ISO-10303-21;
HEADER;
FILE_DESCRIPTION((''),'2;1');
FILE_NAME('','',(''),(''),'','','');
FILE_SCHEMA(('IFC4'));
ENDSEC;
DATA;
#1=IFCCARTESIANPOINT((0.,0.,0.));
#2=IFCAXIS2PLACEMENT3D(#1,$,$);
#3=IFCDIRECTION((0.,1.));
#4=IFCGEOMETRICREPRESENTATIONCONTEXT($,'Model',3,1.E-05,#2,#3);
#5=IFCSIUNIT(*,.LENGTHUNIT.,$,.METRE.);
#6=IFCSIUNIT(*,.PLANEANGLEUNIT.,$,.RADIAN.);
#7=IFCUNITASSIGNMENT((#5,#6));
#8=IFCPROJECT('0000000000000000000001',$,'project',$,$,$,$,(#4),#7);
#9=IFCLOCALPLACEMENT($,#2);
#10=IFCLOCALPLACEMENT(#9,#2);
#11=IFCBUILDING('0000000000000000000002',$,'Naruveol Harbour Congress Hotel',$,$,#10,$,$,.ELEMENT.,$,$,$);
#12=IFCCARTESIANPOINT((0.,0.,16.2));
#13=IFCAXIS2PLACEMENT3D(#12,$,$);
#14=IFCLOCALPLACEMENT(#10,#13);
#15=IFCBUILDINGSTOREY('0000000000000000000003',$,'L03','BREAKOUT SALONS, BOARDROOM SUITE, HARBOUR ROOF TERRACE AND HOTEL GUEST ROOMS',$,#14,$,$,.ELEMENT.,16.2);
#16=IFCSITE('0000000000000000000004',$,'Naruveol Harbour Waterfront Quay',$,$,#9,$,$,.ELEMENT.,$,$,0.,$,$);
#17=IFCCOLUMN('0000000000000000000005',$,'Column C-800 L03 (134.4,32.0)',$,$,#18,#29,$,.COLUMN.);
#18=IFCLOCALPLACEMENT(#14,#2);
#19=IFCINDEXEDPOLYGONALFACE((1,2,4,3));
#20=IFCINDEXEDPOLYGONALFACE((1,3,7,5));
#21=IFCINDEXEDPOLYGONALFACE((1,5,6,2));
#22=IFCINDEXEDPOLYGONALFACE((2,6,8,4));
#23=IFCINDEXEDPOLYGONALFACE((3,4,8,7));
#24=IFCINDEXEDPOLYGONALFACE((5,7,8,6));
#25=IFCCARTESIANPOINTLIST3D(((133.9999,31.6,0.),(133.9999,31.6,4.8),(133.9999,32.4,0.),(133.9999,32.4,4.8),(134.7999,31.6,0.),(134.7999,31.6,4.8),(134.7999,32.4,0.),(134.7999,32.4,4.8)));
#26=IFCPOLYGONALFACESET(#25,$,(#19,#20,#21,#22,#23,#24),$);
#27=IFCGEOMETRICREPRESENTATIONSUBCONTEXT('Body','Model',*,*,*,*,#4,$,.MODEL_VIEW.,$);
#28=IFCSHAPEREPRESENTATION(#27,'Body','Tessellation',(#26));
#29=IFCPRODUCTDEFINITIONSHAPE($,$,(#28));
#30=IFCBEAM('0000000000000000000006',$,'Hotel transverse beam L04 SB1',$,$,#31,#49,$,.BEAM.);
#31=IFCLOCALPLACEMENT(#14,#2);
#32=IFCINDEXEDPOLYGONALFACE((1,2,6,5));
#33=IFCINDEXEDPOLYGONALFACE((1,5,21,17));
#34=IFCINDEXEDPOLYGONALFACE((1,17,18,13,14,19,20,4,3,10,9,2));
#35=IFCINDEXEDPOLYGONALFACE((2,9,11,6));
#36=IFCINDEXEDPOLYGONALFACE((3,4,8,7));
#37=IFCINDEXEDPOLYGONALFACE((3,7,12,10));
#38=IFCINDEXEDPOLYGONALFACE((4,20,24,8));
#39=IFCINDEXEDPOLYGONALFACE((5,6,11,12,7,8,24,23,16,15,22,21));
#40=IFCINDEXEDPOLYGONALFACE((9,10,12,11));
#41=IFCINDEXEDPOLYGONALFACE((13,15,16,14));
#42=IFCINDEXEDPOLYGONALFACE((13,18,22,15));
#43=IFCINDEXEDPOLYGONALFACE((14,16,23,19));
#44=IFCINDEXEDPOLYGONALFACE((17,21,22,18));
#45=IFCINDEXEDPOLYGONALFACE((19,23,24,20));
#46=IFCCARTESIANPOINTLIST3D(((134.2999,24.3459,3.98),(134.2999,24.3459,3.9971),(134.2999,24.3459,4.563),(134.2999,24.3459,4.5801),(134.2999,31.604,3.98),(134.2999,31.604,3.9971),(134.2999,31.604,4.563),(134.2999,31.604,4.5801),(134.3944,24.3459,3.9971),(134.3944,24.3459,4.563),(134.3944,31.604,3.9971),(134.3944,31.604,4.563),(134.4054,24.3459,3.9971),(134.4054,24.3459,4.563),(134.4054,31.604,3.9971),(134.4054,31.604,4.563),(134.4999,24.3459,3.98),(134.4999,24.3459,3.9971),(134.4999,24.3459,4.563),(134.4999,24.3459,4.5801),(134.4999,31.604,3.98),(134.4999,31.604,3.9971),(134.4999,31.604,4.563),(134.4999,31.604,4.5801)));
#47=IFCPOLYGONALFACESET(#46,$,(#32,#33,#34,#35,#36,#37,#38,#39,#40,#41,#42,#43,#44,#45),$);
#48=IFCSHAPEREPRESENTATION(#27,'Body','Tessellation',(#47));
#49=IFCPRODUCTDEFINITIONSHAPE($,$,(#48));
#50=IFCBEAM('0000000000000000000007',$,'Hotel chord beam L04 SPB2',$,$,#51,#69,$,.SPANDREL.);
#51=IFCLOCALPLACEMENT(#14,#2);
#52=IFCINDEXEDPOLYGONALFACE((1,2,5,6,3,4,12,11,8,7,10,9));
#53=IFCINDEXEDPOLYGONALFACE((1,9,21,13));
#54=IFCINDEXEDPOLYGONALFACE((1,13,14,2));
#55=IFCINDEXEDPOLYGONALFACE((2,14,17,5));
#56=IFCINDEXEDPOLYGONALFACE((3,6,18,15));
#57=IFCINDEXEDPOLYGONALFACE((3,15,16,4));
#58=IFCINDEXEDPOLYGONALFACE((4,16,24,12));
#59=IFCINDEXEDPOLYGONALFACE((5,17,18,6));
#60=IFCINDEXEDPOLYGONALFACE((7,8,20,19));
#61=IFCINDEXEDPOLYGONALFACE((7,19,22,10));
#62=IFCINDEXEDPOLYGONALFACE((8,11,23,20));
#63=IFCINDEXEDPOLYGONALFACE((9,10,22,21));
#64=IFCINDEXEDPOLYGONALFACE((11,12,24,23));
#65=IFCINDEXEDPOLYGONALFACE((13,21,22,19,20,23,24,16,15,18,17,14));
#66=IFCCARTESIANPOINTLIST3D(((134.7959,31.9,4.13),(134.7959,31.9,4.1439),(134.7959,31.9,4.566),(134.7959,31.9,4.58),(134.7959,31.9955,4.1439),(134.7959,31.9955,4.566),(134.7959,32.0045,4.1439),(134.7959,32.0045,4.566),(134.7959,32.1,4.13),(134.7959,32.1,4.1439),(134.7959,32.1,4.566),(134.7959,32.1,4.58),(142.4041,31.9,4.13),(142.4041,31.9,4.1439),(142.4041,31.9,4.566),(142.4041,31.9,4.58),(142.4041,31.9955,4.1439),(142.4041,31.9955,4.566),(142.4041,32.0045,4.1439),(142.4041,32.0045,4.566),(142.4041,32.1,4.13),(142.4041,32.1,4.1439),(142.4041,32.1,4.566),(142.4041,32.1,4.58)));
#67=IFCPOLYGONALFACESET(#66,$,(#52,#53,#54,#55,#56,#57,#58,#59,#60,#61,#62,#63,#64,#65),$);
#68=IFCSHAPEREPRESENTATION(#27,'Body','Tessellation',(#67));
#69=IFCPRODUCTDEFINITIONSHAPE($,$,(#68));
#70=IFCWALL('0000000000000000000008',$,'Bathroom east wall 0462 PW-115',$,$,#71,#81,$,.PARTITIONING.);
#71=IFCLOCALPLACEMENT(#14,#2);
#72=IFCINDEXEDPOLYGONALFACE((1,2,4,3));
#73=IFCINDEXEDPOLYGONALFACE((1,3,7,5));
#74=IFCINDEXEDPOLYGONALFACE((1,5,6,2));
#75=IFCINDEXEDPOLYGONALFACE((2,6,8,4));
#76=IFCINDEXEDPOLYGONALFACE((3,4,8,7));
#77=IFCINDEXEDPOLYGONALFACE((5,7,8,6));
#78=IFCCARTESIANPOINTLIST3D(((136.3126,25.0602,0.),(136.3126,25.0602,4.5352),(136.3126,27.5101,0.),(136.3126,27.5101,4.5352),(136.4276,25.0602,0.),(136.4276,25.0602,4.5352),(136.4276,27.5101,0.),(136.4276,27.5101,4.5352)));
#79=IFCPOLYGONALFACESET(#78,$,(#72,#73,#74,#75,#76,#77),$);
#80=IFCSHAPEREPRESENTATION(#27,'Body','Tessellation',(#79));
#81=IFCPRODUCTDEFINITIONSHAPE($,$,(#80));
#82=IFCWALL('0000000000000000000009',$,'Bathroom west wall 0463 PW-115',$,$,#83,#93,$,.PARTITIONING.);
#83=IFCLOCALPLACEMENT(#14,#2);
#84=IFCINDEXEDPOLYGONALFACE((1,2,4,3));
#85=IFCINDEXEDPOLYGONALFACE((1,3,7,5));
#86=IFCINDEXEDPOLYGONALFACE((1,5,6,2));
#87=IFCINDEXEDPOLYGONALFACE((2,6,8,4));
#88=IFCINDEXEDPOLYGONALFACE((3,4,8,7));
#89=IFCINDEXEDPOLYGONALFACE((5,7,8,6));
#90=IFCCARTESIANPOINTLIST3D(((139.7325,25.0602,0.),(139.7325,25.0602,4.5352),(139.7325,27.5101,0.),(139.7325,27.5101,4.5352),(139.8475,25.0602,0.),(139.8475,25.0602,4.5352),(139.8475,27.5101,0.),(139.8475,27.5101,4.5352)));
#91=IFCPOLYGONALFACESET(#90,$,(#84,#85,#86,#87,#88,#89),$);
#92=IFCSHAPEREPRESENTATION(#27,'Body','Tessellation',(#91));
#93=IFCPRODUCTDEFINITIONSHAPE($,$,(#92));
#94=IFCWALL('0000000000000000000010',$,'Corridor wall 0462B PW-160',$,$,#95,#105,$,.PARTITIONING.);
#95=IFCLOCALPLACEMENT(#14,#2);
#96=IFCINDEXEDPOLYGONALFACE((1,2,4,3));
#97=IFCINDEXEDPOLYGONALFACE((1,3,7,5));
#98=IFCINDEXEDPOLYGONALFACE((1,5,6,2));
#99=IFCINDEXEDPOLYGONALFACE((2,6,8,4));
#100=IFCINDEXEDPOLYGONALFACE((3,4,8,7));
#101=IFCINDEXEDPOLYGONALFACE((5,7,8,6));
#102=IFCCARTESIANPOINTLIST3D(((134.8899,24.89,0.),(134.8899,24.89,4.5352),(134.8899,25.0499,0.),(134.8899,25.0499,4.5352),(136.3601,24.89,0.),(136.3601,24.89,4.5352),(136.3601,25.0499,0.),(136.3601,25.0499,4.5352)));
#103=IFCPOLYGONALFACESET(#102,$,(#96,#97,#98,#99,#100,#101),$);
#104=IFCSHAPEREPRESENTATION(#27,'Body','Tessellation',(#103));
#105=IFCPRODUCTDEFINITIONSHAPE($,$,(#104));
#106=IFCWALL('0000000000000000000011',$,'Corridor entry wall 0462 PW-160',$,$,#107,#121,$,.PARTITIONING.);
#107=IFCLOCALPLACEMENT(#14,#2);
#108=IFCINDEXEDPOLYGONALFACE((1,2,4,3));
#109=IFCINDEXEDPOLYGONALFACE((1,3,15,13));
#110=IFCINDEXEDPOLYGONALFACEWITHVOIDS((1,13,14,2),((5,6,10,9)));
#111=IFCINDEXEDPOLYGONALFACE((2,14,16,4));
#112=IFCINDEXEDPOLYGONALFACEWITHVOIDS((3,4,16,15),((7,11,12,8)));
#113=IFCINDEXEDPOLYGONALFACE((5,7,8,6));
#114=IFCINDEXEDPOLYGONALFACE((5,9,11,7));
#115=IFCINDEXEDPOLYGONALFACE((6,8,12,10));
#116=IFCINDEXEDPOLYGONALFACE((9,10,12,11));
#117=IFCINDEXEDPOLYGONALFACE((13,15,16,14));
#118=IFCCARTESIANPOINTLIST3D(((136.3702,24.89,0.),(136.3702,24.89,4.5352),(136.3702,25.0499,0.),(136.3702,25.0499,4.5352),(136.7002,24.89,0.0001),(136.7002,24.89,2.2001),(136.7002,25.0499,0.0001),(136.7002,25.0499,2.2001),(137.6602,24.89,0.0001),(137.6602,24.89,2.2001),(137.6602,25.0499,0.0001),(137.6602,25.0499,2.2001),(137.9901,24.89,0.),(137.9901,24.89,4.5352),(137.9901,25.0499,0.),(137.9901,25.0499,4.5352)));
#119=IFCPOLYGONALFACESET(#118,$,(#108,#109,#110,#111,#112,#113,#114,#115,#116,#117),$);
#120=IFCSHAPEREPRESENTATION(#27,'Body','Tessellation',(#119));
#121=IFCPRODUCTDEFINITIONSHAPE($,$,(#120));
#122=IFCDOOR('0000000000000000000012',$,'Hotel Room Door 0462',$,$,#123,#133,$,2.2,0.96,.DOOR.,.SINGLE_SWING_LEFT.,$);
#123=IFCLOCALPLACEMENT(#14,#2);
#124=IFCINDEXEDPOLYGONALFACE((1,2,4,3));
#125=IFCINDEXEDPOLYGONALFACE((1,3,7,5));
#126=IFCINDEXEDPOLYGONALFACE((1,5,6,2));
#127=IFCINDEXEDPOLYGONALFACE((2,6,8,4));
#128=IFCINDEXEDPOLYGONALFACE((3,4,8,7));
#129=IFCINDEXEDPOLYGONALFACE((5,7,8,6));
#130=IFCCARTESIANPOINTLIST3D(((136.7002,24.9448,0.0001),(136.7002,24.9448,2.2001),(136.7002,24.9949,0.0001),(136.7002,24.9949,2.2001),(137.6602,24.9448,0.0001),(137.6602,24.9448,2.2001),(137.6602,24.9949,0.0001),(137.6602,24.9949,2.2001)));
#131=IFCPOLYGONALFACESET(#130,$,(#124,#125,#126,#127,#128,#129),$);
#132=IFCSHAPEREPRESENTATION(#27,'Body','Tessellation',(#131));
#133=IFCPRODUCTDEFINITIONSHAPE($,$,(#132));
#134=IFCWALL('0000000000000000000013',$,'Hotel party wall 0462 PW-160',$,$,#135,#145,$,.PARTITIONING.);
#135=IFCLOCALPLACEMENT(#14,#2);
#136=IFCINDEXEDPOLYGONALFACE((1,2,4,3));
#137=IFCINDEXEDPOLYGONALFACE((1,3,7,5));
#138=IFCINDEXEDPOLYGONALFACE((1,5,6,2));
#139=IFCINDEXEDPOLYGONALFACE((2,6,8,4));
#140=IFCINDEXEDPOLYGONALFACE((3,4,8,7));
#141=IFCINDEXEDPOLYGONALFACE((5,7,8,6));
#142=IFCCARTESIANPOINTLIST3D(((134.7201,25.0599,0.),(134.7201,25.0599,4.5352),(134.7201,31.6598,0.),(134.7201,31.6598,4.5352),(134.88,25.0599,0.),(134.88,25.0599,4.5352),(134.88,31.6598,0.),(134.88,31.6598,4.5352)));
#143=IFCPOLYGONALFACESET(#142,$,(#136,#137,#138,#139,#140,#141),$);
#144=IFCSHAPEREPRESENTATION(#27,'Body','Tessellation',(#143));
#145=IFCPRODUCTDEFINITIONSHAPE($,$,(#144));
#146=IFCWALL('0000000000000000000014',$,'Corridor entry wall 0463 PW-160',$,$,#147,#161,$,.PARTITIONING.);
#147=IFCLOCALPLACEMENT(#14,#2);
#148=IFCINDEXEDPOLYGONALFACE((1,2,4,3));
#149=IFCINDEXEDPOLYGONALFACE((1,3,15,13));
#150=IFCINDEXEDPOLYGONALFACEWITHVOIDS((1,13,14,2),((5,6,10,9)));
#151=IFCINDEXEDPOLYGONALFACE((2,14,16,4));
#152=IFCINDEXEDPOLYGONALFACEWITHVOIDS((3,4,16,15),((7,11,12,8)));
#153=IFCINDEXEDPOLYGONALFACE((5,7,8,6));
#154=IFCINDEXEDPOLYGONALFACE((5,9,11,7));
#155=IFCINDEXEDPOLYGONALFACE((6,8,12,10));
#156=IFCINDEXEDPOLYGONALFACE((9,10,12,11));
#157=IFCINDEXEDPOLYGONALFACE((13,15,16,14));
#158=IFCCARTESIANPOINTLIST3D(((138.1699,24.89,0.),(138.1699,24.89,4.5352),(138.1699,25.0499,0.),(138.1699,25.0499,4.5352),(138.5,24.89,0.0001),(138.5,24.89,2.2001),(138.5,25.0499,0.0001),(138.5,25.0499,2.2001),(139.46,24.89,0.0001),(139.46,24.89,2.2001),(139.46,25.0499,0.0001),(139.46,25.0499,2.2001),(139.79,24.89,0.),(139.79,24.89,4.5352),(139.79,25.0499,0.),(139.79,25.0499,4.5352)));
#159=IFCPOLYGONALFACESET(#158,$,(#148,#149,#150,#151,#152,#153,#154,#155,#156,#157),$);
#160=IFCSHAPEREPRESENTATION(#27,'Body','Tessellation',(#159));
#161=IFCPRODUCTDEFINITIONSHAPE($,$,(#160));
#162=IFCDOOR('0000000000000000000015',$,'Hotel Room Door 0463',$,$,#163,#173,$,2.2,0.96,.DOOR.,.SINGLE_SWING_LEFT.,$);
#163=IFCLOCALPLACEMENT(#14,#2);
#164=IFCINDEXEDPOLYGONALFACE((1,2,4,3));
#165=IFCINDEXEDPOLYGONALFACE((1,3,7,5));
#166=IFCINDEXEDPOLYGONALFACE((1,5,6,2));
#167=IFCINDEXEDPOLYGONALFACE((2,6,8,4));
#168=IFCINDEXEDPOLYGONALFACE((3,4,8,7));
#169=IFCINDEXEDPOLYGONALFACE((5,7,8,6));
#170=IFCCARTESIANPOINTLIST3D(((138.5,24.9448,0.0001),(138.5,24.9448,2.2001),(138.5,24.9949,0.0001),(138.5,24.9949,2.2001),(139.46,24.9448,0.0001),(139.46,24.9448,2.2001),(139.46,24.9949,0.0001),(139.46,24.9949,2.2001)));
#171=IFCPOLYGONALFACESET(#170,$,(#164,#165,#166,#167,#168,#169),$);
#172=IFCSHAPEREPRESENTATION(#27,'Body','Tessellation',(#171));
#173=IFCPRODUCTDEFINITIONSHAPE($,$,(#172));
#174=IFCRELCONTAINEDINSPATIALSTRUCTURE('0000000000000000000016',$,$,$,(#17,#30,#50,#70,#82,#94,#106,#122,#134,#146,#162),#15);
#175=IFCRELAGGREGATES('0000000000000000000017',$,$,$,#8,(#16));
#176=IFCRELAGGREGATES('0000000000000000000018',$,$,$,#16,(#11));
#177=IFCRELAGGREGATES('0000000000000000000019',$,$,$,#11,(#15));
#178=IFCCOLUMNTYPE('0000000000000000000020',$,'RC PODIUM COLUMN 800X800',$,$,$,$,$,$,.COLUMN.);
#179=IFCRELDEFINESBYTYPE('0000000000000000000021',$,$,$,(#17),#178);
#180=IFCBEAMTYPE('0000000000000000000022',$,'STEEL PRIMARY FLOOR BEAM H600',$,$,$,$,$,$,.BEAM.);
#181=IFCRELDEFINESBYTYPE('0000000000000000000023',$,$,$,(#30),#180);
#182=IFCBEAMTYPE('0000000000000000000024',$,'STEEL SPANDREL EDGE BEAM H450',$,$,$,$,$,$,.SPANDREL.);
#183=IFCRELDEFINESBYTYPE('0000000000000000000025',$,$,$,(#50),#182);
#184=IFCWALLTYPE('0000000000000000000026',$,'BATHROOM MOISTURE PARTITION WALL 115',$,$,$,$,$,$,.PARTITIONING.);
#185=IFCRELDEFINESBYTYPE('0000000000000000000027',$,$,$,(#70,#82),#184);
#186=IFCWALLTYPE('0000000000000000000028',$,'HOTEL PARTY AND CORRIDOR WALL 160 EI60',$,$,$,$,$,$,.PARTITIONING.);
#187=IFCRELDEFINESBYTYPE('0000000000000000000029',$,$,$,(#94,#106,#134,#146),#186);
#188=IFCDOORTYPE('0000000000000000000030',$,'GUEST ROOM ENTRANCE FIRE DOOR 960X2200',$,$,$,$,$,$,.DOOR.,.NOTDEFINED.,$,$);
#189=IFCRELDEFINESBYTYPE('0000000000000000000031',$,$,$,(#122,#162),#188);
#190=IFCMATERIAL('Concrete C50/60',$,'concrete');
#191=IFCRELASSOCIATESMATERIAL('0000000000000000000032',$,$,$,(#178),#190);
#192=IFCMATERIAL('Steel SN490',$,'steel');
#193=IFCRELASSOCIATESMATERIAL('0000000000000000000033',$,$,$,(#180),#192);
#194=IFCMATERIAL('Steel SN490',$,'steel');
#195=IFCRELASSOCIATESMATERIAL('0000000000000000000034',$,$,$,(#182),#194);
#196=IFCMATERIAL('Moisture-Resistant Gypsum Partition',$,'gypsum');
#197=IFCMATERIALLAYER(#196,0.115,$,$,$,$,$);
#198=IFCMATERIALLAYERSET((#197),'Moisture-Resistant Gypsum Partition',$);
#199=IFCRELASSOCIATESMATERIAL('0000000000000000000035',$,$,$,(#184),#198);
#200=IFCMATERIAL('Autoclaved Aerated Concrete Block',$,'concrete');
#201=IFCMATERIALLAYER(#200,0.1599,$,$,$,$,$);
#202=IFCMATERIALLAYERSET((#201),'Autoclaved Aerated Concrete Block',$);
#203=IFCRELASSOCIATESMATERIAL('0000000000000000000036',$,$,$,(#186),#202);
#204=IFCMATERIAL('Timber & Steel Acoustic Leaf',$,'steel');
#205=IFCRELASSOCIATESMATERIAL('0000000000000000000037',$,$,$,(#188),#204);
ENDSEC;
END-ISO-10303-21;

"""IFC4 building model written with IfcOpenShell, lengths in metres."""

from ifc_helpers import new_model, si_unit, direction, frame, frame_2d, origin, origin_2d, place, context, subcontext, project, spatial, rectangle, i_section, extrude, material, layer, layer_set, material_profile, profile_set, type_object, element, fill, save


model = new_model("IFC4")

# Units and contexts
model_context = context("Model", 3, precision=1e-05, world=origin(), true_north=direction((0.0, 1.0)))
body_context = subcontext(model_context, "Body", "Model", "MODEL_VIEW")
ifc_project = project(units=[si_unit("LENGTHUNIT", "METRE"), si_unit("PLANEANGLEUNIT", "RADIAN")], contexts=[model_context])

# Site, building, storey
site_placement = place(None, origin())
site = spatial("IfcSite", under=ifc_project, at=site_placement, Name="Naruveol Harbour Waterfront Quay", CompositionType="ELEMENT", RefElevation=0.0)
building_placement = place(site_placement, origin())
building = spatial("IfcBuilding", under=site, at=building_placement, Name="Naruveol Harbour Congress Hotel", CompositionType="ELEMENT")
storey_placement = place(building_placement, frame((0.0, 0.0, 16.2)))
storey = spatial("IfcBuildingStorey", under=building, at=storey_placement, Name="L03", Description="BREAKOUT SALONS, BOARDROOM SUITE, HARBOUR ROOF TERRACE AND HOTEL GUEST ROOMS", CompositionType="ELEMENT", Elevation=16.2)

# Column
ifc_material_1 = material(Name="Concrete C50/60", Category="concrete")
ifc_material_profile_1 = material_profile(ifc_material_1, rectangle(XDim=0.8, YDim=0.8, at=origin_2d()), Name="RC-800x800")
ifc_profile_set_1 = profile_set([ifc_material_profile_1], Name="Concrete C50/60")
column_type = type_object("IfcColumnType", Name="RC PODIUM COLUMN 800X800", PredefinedType="COLUMN", material=ifc_profile_set_1)
column_placement = place(storey_placement, frame((134.3999, 32.0, 0.0), z_axis=(0.0, 0.0, 1.0), x_axis=(1.0, 0.0, 0.0)))
element("IfcColumn", 1, at=column_placement, inside=storey, type_object=column_type, Name="Column C-800 L03 (134.4,32.0)", PredefinedType="COLUMN", context=body_context, shape_type="SweptSolid", body=[
    extrude(rectangle(XDim=0.8, YDim=0.8, at=origin_2d()), origin(), (0.0, 0.0, 1.0), 4.8),
])

# Beams
ifc_material_2 = material(Name="Steel SN490", Category="steel")
ifc_material_profile_2 = material_profile(ifc_material_2, i_section(OverallWidth=0.2, OverallDepth=0.6001, WebThickness=0.011, FlangeThickness=0.0171, at=origin_2d()), Name="H-600x200x11x17")
ifc_profile_set_2 = profile_set([ifc_material_profile_2], Name="Steel SN490")
beam_type_1 = type_object("IfcBeamType", Name="STEEL PRIMARY FLOOR BEAM H600", PredefinedType="BEAM", material=ifc_profile_set_2)
beam_1_placement = place(storey_placement, frame((134.3999, 24.3459, 4.28), z_axis=(0.0, 1.0, 0.0), x_axis=(-1.0, 0.0, 0.0)))
element("IfcBeam", 2, at=beam_1_placement, inside=storey, type_object=beam_type_1, Name="Hotel transverse beam L04 SB1", PredefinedType="BEAM", context=body_context, shape_type="SweptSolid", body=[
    extrude(i_section(OverallWidth=0.2, OverallDepth=0.6001, WebThickness=0.011, FlangeThickness=0.0171, at=origin_2d()), origin(), (0.0, 0.0, 1.0), 7.2581),
])
ifc_material_3 = material(Name="Steel SN490", Category="steel")
ifc_material_profile_3 = material_profile(ifc_material_3, i_section(OverallWidth=0.2, OverallDepth=0.45, WebThickness=0.009, FlangeThickness=0.0139, at=origin_2d()), Name="H-450x200x9x14")
ifc_profile_set_3 = profile_set([ifc_material_profile_3], Name="Steel SN490")
beam_type_2 = type_object("IfcBeamType", Name="STEEL SPANDREL EDGE BEAM H450", PredefinedType="SPANDREL", material=ifc_profile_set_3)
beam_2_placement = place(storey_placement, frame((134.7959, 32.0, 4.355), z_axis=(1.0, 0.0, 0.0), x_axis=(0.0, 1.0, 0.0)))
element("IfcBeam", 3, at=beam_2_placement, inside=storey, type_object=beam_type_2, Name="Hotel chord beam L04 SPB2", PredefinedType="SPANDREL", context=body_context, shape_type="SweptSolid", body=[
    extrude(i_section(OverallWidth=0.2, OverallDepth=0.45, WebThickness=0.009, FlangeThickness=0.0139, at=origin_2d()), origin(), (0.0, 0.0, 1.0), 7.6082),
])

# Wall
ifc_material_4 = material(Name="Moisture-Resistant Gypsum Partition", Category="gypsum")
ifc_layer_1 = layer(ifc_material_4, 0.115)
ifc_layer_set_1 = layer_set([ifc_layer_1], Name="Moisture-Resistant Gypsum Partition")
wall_type_1 = type_object("IfcWallType", Name="BATHROOM MOISTURE PARTITION WALL 115", PredefinedType="PARTITIONING", material=ifc_layer_set_1)
wall_1_placement = place(storey_placement, frame((136.3701, 25.0601, 0.0), z_axis=(0.0, 0.0, 1.0), x_axis=(0.0, 1.0, 0.0)))
element("IfcWall", 4, at=wall_1_placement, inside=storey, type_object=wall_type_1, Name="Bathroom east wall 0462 PW-115", PredefinedType="PARTITIONING", context=body_context, shape_type="SweptSolid", body=[
    extrude(rectangle(XDim=2.45, YDim=0.115, at=frame_2d((1.2251, 0.0))), origin(), (0.0, 0.0, 1.0), 4.5352),
])

# Wall
wall_2_placement = place(storey_placement, frame((139.79, 25.0601, 0.0), z_axis=(0.0, 0.0, 1.0), x_axis=(0.0, 1.0, 0.0)))
element("IfcWall", 5, at=wall_2_placement, inside=storey, type_object=wall_type_1, Name="Bathroom west wall 0463 PW-115", PredefinedType="PARTITIONING", context=body_context, shape_type="SweptSolid", body=[
    extrude(rectangle(XDim=2.45, YDim=0.115, at=frame_2d((1.2251, 0.0))), origin(), (0.0, 0.0, 1.0), 4.5352),
])

# Wall
ifc_material_5 = material(Name="Autoclaved Aerated Concrete Block", Category="concrete")
ifc_layer_2 = layer(ifc_material_5, 0.1599)
ifc_layer_set_2 = layer_set([ifc_layer_2], Name="Autoclaved Aerated Concrete Block")
wall_type_2 = type_object("IfcWallType", Name="HOTEL PARTY AND CORRIDOR WALL 160 EI60", PredefinedType="PARTITIONING", material=ifc_layer_set_2)
wall_3_placement = place(storey_placement, frame((134.8899, 24.97, 0.0), z_axis=(0.0, 0.0, 1.0), x_axis=(1.0, 0.0, 0.0)))
element("IfcWall", 6, at=wall_3_placement, inside=storey, type_object=wall_type_2, Name="Corridor wall 0462B PW-160", PredefinedType="PARTITIONING", context=body_context, shape_type="SweptSolid", body=[
    extrude(rectangle(XDim=1.4702, YDim=0.1599, at=frame_2d((0.7351, 0.0))), origin(), (0.0, 0.0, 1.0), 4.5352),
])

# Wall, opening, door
wall_4_placement = place(storey_placement, frame((136.3701, 24.97, 0.0), z_axis=(0.0, 0.0, 1.0), x_axis=(1.0, 0.0, 0.0)))
wall_4 = element("IfcWall", 7, at=wall_4_placement, inside=storey, type_object=wall_type_2, Name="Corridor entry wall 0462 PW-160", PredefinedType="PARTITIONING", context=body_context, shape_type="SweptSolid", body=[
    extrude(rectangle(XDim=1.6199, YDim=0.1599, at=frame_2d((0.8101, 0.0))), origin(), (0.0, 0.0, 1.0), 4.5352),
])
opening_1_placement = place(wall_4_placement, frame((0.3301, 0.0, 0.0)))
opening_1 = element("IfcOpeningElement", 8, at=opening_1_placement, cuts=wall_4, PredefinedType="OPENING", context=body_context, shape_type="SweptSolid", body=[
    extrude(rectangle(XDim=0.96, YDim=2.2, at=frame_2d((0.48, 1.1001))), frame((0.0, 0.0898, 0.0), z_axis=(0.0, -1.0, 0.0), x_axis=(1.0, 0.0, 0.0)), (0.0, 0.0, 1.0), 0.1799),
])
ifc_material_6 = material(Name="Timber & Steel Acoustic Leaf", Category="steel")
door_type_1 = type_object("IfcDoorType", Name="GUEST ROOM ENTRANCE FIRE DOOR 960X2200", OperationType="NOTDEFINED", PredefinedType="DOOR", material=ifc_material_6)
door_1_placement = place(opening_1_placement, origin())
door_1 = element("IfcDoor", 9, at=door_1_placement, inside=storey, type_object=door_type_1, Name="Hotel Room Door 0462", OperationType="SINGLE_SWING_LEFT", OverallHeight=2.2, OverallWidth=0.96, PredefinedType="DOOR", context=body_context, shape_type="SweptSolid", body=[
    extrude(rectangle(XDim=0.96, YDim=2.2, at=frame_2d((0.48, 1.1001))), frame((0.0, 0.0249, 0.0), z_axis=(0.0, -1.0, 0.0), x_axis=(1.0, 0.0, 0.0)), (0.0, 0.0, 1.0), 0.05),
])
fill(opening_1, door_1)

# Wall
wall_5_placement = place(storey_placement, frame((134.8, 25.0601, 0.0), z_axis=(0.0, 0.0, 1.0), x_axis=(0.0, 1.0, 0.0)))
element("IfcWall", 10, at=wall_5_placement, inside=storey, type_object=wall_type_2, Name="Hotel party wall 0462 PW-160", PredefinedType="PARTITIONING", context=body_context, shape_type="SweptSolid", body=[
    extrude(rectangle(XDim=6.5999, YDim=0.1599, at=frame_2d((3.2998, 0.0))), origin(), (0.0, 0.0, 1.0), 4.5352),
])

# Wall, opening, door
wall_6_placement = place(storey_placement, frame((138.1699, 24.97, 0.0), z_axis=(0.0, 0.0, 1.0), x_axis=(1.0, 0.0, 0.0)))
wall_6 = element("IfcWall", 11, at=wall_6_placement, inside=storey, type_object=wall_type_2, Name="Corridor entry wall 0463 PW-160", PredefinedType="PARTITIONING", context=body_context, shape_type="SweptSolid", body=[
    extrude(rectangle(XDim=1.6201, YDim=0.1599, at=frame_2d((0.8101, 0.0))), origin(), (0.0, 0.0, 1.0), 4.5352),
])
opening_2_placement = place(wall_6_placement, frame((0.3301, 0.0, 0.0)))
opening_2 = element("IfcOpeningElement", 12, at=opening_2_placement, cuts=wall_6, PredefinedType="OPENING", context=body_context, shape_type="SweptSolid", body=[
    extrude(rectangle(XDim=0.96, YDim=2.2, at=frame_2d((0.48, 1.1001))), frame((0.0, 0.0898, 0.0), z_axis=(0.0, -1.0, 0.0), x_axis=(1.0, 0.0, 0.0)), (0.0, 0.0, 1.0), 0.1799),
])
door_2_placement = place(opening_2_placement, origin())
door_2 = element("IfcDoor", 13, at=door_2_placement, inside=storey, type_object=door_type_1, Name="Hotel Room Door 0463", OperationType="SINGLE_SWING_LEFT", OverallHeight=2.2, OverallWidth=0.96, PredefinedType="DOOR", context=body_context, shape_type="SweptSolid", body=[
    extrude(rectangle(XDim=0.96, YDim=2.2, at=frame_2d((0.48, 1.1001))), frame((0.0, 0.0249, 0.0), z_axis=(0.0, -1.0, 0.0), x_axis=(1.0, 0.0, 0.0)), (0.0, 0.0, 1.0), 0.05),
])
fill(opening_2, door_2)

save(model, "model.ifc")
